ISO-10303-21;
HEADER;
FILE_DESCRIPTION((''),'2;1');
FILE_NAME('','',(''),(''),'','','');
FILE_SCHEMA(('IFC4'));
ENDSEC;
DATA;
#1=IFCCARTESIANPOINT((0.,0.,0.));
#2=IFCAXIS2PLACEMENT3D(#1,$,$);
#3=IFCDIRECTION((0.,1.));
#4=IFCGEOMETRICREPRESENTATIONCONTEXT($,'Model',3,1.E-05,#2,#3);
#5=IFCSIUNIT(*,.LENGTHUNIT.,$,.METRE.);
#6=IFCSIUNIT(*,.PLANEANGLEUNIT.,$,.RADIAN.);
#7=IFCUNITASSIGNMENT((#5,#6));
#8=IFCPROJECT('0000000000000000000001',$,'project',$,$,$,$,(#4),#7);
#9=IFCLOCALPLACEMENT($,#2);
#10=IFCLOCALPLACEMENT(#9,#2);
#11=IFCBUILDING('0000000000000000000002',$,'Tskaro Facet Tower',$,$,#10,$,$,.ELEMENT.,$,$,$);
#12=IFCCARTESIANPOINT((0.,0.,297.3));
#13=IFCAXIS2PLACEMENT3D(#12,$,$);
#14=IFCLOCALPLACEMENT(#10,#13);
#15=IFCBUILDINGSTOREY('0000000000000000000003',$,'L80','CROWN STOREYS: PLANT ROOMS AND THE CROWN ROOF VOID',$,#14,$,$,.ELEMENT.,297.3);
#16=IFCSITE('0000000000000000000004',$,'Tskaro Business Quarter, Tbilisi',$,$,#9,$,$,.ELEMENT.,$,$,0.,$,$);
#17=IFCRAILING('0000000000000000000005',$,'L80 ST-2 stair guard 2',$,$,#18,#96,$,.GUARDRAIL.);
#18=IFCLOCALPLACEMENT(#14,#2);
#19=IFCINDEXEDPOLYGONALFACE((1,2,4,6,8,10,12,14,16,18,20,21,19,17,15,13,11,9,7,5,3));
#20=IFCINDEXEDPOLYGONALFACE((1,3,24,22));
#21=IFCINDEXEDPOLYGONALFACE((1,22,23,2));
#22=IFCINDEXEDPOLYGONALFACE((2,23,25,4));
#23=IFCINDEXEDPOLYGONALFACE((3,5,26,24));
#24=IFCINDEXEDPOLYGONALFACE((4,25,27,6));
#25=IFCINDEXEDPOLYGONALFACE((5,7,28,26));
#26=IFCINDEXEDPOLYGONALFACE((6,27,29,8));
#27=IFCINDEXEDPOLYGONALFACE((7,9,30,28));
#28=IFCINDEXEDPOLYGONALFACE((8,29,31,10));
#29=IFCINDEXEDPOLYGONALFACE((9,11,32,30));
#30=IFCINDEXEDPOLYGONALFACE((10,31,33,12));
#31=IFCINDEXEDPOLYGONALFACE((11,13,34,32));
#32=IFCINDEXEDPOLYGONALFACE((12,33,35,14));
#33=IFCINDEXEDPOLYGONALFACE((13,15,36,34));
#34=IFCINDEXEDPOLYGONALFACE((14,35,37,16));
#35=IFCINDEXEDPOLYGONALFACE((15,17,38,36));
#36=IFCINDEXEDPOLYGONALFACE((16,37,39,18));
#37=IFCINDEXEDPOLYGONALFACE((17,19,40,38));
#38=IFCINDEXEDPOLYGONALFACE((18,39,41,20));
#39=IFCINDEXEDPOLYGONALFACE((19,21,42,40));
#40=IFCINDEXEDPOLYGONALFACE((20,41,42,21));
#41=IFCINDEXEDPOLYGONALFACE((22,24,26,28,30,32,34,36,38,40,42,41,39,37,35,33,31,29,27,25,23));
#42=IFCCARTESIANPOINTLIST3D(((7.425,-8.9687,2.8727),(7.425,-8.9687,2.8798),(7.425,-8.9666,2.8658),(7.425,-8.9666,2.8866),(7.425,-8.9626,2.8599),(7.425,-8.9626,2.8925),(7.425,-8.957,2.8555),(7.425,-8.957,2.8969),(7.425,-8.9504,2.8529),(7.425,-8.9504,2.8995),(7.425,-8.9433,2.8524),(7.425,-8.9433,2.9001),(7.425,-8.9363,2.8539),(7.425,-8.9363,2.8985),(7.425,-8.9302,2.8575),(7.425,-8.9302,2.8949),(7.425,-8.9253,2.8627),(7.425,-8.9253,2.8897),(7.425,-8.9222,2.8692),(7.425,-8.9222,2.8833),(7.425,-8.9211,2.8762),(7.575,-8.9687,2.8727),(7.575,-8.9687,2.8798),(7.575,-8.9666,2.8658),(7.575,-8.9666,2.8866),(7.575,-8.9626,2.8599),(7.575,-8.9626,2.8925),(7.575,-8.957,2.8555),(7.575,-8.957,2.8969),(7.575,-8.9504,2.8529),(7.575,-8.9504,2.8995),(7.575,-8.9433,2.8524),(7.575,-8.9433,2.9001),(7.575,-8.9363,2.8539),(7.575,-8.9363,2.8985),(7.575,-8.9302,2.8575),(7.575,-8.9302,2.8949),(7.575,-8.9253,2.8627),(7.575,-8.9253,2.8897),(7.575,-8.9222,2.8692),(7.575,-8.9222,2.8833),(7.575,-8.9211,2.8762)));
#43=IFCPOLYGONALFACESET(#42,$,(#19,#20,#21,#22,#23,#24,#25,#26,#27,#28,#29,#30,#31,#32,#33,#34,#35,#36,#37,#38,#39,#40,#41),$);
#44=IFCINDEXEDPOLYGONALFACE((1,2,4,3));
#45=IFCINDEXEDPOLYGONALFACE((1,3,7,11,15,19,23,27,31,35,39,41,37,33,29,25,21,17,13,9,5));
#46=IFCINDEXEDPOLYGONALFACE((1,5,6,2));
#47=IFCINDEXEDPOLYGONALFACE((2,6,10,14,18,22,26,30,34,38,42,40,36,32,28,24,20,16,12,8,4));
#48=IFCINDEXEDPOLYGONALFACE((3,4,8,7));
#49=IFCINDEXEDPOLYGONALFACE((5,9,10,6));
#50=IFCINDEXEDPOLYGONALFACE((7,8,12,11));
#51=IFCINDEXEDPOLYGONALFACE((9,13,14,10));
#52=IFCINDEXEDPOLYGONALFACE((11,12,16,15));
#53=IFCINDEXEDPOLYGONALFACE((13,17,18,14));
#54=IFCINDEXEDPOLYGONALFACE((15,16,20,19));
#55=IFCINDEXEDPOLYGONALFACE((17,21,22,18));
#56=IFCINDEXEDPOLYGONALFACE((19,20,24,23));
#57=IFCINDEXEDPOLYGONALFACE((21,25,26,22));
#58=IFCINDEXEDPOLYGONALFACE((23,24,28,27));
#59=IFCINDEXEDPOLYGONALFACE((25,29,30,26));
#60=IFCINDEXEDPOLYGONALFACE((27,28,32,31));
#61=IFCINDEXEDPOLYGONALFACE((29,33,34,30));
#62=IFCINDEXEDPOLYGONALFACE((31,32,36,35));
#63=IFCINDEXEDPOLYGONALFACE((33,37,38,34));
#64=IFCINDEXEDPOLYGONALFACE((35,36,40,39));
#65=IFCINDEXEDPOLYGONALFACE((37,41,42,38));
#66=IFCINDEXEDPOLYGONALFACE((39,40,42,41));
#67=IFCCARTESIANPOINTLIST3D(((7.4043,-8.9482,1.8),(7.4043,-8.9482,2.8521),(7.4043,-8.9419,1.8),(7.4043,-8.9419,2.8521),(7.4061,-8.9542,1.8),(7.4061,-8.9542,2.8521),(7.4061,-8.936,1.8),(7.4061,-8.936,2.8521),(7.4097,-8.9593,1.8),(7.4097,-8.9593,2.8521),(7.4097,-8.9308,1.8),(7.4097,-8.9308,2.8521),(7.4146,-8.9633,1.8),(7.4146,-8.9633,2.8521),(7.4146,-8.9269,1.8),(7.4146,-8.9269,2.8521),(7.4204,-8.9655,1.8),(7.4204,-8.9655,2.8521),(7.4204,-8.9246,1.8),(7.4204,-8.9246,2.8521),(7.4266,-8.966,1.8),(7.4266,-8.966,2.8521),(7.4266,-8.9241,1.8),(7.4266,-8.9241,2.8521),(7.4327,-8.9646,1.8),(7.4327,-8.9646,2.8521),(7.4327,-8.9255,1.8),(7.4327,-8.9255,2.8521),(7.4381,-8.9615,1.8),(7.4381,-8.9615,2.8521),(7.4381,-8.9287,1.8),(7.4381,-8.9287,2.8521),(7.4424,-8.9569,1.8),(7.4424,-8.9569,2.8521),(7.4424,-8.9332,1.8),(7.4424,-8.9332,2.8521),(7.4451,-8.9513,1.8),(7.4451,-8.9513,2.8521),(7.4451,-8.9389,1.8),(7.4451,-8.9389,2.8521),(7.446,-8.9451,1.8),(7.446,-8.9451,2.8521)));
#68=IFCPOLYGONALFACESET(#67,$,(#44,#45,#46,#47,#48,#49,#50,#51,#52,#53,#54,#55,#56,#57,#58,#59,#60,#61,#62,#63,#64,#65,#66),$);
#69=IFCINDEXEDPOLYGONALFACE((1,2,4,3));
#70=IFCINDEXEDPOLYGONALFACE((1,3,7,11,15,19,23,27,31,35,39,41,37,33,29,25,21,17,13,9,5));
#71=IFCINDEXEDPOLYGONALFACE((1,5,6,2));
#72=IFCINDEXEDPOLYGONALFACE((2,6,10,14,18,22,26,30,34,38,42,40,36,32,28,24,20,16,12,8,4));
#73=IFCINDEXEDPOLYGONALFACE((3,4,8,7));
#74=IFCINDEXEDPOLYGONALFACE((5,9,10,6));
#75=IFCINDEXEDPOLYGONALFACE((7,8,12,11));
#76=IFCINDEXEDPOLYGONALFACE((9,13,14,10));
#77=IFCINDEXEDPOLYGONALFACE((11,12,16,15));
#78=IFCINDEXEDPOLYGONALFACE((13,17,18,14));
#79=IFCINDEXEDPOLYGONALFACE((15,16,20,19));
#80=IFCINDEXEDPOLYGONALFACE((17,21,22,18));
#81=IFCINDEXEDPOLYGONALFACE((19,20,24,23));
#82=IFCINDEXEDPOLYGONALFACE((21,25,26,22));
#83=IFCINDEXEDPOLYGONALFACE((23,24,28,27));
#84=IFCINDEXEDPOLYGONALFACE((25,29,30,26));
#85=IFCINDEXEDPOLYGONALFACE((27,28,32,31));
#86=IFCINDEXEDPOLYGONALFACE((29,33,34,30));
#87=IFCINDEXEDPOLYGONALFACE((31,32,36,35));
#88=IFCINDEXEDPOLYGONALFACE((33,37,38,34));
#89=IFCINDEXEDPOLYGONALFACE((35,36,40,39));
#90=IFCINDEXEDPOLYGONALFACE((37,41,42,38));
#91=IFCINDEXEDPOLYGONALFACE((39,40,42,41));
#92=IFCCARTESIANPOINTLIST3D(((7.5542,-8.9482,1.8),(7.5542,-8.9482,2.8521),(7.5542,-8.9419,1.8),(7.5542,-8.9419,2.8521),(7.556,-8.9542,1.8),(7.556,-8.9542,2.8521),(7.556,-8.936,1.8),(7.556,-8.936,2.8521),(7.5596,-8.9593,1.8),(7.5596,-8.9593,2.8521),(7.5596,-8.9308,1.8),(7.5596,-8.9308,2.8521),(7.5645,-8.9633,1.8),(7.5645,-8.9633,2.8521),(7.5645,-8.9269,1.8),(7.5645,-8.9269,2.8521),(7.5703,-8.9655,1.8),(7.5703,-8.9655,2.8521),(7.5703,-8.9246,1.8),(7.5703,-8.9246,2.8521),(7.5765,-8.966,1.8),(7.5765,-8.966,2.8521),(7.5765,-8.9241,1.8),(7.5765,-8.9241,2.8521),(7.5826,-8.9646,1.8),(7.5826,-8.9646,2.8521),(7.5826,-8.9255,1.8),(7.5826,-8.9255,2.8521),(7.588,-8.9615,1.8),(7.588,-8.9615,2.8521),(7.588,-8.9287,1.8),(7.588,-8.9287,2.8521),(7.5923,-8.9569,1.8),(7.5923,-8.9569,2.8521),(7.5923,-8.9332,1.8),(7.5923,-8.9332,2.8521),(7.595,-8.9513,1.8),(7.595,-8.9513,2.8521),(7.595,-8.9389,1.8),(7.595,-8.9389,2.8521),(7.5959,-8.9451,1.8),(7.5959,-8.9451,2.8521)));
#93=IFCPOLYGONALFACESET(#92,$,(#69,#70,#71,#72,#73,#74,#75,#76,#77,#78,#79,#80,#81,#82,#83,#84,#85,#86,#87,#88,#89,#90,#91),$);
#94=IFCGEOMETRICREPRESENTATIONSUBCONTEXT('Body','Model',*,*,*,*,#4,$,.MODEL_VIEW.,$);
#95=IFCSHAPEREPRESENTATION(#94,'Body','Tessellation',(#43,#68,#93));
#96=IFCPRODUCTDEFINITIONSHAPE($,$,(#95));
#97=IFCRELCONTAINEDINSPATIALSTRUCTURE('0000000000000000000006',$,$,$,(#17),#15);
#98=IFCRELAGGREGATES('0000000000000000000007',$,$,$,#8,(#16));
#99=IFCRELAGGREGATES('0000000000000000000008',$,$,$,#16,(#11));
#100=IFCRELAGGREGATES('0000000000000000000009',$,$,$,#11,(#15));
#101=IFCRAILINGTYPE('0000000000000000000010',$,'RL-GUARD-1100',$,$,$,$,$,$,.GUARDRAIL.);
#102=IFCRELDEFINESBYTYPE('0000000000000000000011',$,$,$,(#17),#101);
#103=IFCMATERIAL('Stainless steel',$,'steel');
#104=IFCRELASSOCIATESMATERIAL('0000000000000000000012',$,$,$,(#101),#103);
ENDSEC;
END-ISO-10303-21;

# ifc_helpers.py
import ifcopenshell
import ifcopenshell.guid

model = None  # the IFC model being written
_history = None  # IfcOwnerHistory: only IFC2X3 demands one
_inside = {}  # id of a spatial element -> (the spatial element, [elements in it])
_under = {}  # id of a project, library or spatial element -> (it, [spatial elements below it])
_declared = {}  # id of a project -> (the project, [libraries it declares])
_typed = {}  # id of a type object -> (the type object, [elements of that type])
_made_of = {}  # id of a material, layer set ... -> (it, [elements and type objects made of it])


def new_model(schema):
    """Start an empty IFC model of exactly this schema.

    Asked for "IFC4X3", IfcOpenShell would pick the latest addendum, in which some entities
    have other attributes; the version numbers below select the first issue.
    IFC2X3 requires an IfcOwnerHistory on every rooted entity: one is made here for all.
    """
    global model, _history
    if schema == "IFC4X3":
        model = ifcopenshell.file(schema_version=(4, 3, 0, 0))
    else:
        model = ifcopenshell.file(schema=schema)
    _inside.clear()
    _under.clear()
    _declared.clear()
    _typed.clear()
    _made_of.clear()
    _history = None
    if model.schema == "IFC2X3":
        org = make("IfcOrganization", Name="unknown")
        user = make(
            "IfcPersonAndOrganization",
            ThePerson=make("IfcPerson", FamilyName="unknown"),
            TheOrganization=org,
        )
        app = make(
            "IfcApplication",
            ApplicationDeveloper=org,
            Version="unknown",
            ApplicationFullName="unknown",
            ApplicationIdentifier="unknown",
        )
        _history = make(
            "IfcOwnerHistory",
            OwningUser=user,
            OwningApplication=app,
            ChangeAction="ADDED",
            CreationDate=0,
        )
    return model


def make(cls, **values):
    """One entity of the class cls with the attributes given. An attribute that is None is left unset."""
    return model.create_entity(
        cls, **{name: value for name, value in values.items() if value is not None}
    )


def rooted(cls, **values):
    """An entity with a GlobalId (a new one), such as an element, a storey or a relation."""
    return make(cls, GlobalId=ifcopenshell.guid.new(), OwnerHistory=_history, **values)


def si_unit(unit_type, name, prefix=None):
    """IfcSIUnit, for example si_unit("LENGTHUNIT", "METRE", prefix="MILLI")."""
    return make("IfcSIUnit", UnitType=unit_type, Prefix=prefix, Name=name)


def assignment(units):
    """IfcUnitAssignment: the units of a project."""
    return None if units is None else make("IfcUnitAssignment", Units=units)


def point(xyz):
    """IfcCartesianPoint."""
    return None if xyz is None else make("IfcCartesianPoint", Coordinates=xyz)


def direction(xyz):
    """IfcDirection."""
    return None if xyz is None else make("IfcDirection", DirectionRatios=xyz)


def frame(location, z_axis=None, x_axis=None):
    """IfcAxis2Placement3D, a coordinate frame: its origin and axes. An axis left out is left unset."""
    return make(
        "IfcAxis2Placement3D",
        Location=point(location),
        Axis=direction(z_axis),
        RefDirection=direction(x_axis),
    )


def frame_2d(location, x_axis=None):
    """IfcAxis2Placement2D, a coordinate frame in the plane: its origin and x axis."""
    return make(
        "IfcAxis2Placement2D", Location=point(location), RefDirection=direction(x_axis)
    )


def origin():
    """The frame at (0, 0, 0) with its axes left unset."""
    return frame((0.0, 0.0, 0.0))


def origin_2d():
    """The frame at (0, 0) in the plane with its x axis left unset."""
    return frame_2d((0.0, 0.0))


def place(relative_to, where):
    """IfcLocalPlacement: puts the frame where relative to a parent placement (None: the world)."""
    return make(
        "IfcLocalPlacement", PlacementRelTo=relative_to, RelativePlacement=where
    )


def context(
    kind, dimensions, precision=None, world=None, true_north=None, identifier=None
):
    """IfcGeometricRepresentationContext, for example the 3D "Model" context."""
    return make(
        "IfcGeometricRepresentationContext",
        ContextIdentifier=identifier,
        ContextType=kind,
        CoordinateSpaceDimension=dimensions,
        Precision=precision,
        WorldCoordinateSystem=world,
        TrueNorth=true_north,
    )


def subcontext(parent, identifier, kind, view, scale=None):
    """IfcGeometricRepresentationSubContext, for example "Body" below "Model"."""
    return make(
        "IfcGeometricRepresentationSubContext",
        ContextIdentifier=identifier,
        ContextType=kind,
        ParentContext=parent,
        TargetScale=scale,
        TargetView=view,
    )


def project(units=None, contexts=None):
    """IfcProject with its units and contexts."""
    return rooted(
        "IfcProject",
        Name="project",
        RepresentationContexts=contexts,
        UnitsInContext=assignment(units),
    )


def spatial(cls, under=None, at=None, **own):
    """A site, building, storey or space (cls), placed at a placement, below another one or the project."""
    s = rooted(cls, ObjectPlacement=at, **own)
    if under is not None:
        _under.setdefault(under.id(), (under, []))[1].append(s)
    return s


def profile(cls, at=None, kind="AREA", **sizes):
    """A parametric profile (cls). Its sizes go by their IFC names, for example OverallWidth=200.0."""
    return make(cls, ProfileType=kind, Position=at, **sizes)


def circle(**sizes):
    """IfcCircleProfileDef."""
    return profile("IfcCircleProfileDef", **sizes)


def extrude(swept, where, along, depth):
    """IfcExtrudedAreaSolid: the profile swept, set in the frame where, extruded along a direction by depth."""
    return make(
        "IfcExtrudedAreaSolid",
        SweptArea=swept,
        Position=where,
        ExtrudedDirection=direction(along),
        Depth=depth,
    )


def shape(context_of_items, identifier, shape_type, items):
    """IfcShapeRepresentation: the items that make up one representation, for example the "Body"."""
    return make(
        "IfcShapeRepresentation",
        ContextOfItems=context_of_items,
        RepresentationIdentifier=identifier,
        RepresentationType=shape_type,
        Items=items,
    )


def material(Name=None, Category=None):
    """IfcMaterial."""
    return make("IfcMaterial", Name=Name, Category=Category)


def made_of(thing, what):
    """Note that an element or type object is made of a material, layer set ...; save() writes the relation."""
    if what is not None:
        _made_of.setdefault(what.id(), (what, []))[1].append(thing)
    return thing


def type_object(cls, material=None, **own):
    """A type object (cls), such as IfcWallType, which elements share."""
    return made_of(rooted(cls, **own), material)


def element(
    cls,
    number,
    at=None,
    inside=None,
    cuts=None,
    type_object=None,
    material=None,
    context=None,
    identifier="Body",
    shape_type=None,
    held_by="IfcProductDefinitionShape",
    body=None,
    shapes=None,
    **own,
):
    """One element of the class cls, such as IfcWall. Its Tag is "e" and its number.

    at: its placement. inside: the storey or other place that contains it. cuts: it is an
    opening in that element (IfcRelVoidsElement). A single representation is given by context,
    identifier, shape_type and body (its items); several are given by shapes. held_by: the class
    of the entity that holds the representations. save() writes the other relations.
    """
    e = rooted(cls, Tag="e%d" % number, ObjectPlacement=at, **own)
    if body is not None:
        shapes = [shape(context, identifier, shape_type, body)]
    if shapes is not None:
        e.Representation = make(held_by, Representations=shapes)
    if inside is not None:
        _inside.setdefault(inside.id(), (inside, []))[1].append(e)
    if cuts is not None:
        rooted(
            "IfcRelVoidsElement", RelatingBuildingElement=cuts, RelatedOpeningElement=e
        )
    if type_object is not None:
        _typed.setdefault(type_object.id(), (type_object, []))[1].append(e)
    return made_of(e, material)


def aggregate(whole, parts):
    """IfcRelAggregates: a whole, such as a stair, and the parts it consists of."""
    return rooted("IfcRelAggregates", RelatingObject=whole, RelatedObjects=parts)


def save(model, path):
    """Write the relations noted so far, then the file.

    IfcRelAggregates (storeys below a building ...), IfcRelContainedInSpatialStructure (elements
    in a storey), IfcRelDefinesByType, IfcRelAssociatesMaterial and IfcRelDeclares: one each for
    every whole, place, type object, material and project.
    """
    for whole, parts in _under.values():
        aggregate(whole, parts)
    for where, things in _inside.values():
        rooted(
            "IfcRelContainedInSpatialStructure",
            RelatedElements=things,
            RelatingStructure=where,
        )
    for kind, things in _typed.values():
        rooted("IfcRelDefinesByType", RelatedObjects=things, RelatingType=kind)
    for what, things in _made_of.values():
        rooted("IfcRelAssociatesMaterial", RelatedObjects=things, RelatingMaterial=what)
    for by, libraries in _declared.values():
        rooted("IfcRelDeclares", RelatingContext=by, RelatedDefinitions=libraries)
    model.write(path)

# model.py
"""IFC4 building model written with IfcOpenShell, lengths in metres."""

from ifc_helpers import new_model, si_unit, direction, frame, origin, origin_2d, place, context, subcontext, project, spatial, circle, extrude, material, type_object, element, save


model = new_model("IFC4")

# Units and contexts
model_context = context("Model", 3, precision=1e-05, world=origin(), true_north=direction((0.0, 1.0)))
body_context = subcontext(model_context, "Body", "Model", "MODEL_VIEW")
ifc_project = project(units=[si_unit("LENGTHUNIT", "METRE"), si_unit("PLANEANGLEUNIT", "RADIAN")], contexts=[model_context])

# Site, building, storey
site_placement = place(None, origin())
site = spatial("IfcSite", under=ifc_project, at=site_placement, Name="Tskaro Business Quarter, Tbilisi", CompositionType="ELEMENT", RefElevation=0.0)
building_placement = place(site_placement, origin())
building = spatial("IfcBuilding", under=site, at=building_placement, Name="Tskaro Facet Tower", CompositionType="ELEMENT")
storey_placement = place(building_placement, frame((0.0, 0.0, 297.3)))
storey = spatial("IfcBuildingStorey", under=building, at=storey_placement, Name="L80", Description="CROWN STOREYS: PLANT ROOMS AND THE CROWN ROOF VOID", CompositionType="ELEMENT", Elevation=297.3)

# Railing
ifc_material_1 = material(Name="Stainless steel", Category="steel")
railing_type_1 = type_object("IfcRailingType", Name="RL-GUARD-1100", PredefinedType="GUARDRAIL", material=ifc_material_1)
railing_1_placement = place(storey_placement, frame((7.425, -8.9451, 1.8)))
element("IfcRailing", 1, at=railing_1_placement, inside=storey, type_object=railing_type_1, Name="L80 ST-2 stair guard 2", PredefinedType="GUARDRAIL", context=body_context, shape_type="SweptSolid", body=[
    extrude(circle(Radius=0.0239, at=origin_2d()), frame((0.0, 0.0, 1.0762), z_axis=(1.0, 0.0, 0.0), x_axis=(0.0, 1.0, 0.0)), (0.0, 0.0, 1.0), 0.1499),
    extrude(circle(Radius=0.021, at=origin_2d()), origin(), (0.0, 0.0, 1.0), 1.052),
    extrude(circle(Radius=0.021, at=origin_2d()), frame((0.1499, 0.0, 0.0)), (0.0, 0.0, 1.0), 1.052),
])

save(model, "model.ifc")
